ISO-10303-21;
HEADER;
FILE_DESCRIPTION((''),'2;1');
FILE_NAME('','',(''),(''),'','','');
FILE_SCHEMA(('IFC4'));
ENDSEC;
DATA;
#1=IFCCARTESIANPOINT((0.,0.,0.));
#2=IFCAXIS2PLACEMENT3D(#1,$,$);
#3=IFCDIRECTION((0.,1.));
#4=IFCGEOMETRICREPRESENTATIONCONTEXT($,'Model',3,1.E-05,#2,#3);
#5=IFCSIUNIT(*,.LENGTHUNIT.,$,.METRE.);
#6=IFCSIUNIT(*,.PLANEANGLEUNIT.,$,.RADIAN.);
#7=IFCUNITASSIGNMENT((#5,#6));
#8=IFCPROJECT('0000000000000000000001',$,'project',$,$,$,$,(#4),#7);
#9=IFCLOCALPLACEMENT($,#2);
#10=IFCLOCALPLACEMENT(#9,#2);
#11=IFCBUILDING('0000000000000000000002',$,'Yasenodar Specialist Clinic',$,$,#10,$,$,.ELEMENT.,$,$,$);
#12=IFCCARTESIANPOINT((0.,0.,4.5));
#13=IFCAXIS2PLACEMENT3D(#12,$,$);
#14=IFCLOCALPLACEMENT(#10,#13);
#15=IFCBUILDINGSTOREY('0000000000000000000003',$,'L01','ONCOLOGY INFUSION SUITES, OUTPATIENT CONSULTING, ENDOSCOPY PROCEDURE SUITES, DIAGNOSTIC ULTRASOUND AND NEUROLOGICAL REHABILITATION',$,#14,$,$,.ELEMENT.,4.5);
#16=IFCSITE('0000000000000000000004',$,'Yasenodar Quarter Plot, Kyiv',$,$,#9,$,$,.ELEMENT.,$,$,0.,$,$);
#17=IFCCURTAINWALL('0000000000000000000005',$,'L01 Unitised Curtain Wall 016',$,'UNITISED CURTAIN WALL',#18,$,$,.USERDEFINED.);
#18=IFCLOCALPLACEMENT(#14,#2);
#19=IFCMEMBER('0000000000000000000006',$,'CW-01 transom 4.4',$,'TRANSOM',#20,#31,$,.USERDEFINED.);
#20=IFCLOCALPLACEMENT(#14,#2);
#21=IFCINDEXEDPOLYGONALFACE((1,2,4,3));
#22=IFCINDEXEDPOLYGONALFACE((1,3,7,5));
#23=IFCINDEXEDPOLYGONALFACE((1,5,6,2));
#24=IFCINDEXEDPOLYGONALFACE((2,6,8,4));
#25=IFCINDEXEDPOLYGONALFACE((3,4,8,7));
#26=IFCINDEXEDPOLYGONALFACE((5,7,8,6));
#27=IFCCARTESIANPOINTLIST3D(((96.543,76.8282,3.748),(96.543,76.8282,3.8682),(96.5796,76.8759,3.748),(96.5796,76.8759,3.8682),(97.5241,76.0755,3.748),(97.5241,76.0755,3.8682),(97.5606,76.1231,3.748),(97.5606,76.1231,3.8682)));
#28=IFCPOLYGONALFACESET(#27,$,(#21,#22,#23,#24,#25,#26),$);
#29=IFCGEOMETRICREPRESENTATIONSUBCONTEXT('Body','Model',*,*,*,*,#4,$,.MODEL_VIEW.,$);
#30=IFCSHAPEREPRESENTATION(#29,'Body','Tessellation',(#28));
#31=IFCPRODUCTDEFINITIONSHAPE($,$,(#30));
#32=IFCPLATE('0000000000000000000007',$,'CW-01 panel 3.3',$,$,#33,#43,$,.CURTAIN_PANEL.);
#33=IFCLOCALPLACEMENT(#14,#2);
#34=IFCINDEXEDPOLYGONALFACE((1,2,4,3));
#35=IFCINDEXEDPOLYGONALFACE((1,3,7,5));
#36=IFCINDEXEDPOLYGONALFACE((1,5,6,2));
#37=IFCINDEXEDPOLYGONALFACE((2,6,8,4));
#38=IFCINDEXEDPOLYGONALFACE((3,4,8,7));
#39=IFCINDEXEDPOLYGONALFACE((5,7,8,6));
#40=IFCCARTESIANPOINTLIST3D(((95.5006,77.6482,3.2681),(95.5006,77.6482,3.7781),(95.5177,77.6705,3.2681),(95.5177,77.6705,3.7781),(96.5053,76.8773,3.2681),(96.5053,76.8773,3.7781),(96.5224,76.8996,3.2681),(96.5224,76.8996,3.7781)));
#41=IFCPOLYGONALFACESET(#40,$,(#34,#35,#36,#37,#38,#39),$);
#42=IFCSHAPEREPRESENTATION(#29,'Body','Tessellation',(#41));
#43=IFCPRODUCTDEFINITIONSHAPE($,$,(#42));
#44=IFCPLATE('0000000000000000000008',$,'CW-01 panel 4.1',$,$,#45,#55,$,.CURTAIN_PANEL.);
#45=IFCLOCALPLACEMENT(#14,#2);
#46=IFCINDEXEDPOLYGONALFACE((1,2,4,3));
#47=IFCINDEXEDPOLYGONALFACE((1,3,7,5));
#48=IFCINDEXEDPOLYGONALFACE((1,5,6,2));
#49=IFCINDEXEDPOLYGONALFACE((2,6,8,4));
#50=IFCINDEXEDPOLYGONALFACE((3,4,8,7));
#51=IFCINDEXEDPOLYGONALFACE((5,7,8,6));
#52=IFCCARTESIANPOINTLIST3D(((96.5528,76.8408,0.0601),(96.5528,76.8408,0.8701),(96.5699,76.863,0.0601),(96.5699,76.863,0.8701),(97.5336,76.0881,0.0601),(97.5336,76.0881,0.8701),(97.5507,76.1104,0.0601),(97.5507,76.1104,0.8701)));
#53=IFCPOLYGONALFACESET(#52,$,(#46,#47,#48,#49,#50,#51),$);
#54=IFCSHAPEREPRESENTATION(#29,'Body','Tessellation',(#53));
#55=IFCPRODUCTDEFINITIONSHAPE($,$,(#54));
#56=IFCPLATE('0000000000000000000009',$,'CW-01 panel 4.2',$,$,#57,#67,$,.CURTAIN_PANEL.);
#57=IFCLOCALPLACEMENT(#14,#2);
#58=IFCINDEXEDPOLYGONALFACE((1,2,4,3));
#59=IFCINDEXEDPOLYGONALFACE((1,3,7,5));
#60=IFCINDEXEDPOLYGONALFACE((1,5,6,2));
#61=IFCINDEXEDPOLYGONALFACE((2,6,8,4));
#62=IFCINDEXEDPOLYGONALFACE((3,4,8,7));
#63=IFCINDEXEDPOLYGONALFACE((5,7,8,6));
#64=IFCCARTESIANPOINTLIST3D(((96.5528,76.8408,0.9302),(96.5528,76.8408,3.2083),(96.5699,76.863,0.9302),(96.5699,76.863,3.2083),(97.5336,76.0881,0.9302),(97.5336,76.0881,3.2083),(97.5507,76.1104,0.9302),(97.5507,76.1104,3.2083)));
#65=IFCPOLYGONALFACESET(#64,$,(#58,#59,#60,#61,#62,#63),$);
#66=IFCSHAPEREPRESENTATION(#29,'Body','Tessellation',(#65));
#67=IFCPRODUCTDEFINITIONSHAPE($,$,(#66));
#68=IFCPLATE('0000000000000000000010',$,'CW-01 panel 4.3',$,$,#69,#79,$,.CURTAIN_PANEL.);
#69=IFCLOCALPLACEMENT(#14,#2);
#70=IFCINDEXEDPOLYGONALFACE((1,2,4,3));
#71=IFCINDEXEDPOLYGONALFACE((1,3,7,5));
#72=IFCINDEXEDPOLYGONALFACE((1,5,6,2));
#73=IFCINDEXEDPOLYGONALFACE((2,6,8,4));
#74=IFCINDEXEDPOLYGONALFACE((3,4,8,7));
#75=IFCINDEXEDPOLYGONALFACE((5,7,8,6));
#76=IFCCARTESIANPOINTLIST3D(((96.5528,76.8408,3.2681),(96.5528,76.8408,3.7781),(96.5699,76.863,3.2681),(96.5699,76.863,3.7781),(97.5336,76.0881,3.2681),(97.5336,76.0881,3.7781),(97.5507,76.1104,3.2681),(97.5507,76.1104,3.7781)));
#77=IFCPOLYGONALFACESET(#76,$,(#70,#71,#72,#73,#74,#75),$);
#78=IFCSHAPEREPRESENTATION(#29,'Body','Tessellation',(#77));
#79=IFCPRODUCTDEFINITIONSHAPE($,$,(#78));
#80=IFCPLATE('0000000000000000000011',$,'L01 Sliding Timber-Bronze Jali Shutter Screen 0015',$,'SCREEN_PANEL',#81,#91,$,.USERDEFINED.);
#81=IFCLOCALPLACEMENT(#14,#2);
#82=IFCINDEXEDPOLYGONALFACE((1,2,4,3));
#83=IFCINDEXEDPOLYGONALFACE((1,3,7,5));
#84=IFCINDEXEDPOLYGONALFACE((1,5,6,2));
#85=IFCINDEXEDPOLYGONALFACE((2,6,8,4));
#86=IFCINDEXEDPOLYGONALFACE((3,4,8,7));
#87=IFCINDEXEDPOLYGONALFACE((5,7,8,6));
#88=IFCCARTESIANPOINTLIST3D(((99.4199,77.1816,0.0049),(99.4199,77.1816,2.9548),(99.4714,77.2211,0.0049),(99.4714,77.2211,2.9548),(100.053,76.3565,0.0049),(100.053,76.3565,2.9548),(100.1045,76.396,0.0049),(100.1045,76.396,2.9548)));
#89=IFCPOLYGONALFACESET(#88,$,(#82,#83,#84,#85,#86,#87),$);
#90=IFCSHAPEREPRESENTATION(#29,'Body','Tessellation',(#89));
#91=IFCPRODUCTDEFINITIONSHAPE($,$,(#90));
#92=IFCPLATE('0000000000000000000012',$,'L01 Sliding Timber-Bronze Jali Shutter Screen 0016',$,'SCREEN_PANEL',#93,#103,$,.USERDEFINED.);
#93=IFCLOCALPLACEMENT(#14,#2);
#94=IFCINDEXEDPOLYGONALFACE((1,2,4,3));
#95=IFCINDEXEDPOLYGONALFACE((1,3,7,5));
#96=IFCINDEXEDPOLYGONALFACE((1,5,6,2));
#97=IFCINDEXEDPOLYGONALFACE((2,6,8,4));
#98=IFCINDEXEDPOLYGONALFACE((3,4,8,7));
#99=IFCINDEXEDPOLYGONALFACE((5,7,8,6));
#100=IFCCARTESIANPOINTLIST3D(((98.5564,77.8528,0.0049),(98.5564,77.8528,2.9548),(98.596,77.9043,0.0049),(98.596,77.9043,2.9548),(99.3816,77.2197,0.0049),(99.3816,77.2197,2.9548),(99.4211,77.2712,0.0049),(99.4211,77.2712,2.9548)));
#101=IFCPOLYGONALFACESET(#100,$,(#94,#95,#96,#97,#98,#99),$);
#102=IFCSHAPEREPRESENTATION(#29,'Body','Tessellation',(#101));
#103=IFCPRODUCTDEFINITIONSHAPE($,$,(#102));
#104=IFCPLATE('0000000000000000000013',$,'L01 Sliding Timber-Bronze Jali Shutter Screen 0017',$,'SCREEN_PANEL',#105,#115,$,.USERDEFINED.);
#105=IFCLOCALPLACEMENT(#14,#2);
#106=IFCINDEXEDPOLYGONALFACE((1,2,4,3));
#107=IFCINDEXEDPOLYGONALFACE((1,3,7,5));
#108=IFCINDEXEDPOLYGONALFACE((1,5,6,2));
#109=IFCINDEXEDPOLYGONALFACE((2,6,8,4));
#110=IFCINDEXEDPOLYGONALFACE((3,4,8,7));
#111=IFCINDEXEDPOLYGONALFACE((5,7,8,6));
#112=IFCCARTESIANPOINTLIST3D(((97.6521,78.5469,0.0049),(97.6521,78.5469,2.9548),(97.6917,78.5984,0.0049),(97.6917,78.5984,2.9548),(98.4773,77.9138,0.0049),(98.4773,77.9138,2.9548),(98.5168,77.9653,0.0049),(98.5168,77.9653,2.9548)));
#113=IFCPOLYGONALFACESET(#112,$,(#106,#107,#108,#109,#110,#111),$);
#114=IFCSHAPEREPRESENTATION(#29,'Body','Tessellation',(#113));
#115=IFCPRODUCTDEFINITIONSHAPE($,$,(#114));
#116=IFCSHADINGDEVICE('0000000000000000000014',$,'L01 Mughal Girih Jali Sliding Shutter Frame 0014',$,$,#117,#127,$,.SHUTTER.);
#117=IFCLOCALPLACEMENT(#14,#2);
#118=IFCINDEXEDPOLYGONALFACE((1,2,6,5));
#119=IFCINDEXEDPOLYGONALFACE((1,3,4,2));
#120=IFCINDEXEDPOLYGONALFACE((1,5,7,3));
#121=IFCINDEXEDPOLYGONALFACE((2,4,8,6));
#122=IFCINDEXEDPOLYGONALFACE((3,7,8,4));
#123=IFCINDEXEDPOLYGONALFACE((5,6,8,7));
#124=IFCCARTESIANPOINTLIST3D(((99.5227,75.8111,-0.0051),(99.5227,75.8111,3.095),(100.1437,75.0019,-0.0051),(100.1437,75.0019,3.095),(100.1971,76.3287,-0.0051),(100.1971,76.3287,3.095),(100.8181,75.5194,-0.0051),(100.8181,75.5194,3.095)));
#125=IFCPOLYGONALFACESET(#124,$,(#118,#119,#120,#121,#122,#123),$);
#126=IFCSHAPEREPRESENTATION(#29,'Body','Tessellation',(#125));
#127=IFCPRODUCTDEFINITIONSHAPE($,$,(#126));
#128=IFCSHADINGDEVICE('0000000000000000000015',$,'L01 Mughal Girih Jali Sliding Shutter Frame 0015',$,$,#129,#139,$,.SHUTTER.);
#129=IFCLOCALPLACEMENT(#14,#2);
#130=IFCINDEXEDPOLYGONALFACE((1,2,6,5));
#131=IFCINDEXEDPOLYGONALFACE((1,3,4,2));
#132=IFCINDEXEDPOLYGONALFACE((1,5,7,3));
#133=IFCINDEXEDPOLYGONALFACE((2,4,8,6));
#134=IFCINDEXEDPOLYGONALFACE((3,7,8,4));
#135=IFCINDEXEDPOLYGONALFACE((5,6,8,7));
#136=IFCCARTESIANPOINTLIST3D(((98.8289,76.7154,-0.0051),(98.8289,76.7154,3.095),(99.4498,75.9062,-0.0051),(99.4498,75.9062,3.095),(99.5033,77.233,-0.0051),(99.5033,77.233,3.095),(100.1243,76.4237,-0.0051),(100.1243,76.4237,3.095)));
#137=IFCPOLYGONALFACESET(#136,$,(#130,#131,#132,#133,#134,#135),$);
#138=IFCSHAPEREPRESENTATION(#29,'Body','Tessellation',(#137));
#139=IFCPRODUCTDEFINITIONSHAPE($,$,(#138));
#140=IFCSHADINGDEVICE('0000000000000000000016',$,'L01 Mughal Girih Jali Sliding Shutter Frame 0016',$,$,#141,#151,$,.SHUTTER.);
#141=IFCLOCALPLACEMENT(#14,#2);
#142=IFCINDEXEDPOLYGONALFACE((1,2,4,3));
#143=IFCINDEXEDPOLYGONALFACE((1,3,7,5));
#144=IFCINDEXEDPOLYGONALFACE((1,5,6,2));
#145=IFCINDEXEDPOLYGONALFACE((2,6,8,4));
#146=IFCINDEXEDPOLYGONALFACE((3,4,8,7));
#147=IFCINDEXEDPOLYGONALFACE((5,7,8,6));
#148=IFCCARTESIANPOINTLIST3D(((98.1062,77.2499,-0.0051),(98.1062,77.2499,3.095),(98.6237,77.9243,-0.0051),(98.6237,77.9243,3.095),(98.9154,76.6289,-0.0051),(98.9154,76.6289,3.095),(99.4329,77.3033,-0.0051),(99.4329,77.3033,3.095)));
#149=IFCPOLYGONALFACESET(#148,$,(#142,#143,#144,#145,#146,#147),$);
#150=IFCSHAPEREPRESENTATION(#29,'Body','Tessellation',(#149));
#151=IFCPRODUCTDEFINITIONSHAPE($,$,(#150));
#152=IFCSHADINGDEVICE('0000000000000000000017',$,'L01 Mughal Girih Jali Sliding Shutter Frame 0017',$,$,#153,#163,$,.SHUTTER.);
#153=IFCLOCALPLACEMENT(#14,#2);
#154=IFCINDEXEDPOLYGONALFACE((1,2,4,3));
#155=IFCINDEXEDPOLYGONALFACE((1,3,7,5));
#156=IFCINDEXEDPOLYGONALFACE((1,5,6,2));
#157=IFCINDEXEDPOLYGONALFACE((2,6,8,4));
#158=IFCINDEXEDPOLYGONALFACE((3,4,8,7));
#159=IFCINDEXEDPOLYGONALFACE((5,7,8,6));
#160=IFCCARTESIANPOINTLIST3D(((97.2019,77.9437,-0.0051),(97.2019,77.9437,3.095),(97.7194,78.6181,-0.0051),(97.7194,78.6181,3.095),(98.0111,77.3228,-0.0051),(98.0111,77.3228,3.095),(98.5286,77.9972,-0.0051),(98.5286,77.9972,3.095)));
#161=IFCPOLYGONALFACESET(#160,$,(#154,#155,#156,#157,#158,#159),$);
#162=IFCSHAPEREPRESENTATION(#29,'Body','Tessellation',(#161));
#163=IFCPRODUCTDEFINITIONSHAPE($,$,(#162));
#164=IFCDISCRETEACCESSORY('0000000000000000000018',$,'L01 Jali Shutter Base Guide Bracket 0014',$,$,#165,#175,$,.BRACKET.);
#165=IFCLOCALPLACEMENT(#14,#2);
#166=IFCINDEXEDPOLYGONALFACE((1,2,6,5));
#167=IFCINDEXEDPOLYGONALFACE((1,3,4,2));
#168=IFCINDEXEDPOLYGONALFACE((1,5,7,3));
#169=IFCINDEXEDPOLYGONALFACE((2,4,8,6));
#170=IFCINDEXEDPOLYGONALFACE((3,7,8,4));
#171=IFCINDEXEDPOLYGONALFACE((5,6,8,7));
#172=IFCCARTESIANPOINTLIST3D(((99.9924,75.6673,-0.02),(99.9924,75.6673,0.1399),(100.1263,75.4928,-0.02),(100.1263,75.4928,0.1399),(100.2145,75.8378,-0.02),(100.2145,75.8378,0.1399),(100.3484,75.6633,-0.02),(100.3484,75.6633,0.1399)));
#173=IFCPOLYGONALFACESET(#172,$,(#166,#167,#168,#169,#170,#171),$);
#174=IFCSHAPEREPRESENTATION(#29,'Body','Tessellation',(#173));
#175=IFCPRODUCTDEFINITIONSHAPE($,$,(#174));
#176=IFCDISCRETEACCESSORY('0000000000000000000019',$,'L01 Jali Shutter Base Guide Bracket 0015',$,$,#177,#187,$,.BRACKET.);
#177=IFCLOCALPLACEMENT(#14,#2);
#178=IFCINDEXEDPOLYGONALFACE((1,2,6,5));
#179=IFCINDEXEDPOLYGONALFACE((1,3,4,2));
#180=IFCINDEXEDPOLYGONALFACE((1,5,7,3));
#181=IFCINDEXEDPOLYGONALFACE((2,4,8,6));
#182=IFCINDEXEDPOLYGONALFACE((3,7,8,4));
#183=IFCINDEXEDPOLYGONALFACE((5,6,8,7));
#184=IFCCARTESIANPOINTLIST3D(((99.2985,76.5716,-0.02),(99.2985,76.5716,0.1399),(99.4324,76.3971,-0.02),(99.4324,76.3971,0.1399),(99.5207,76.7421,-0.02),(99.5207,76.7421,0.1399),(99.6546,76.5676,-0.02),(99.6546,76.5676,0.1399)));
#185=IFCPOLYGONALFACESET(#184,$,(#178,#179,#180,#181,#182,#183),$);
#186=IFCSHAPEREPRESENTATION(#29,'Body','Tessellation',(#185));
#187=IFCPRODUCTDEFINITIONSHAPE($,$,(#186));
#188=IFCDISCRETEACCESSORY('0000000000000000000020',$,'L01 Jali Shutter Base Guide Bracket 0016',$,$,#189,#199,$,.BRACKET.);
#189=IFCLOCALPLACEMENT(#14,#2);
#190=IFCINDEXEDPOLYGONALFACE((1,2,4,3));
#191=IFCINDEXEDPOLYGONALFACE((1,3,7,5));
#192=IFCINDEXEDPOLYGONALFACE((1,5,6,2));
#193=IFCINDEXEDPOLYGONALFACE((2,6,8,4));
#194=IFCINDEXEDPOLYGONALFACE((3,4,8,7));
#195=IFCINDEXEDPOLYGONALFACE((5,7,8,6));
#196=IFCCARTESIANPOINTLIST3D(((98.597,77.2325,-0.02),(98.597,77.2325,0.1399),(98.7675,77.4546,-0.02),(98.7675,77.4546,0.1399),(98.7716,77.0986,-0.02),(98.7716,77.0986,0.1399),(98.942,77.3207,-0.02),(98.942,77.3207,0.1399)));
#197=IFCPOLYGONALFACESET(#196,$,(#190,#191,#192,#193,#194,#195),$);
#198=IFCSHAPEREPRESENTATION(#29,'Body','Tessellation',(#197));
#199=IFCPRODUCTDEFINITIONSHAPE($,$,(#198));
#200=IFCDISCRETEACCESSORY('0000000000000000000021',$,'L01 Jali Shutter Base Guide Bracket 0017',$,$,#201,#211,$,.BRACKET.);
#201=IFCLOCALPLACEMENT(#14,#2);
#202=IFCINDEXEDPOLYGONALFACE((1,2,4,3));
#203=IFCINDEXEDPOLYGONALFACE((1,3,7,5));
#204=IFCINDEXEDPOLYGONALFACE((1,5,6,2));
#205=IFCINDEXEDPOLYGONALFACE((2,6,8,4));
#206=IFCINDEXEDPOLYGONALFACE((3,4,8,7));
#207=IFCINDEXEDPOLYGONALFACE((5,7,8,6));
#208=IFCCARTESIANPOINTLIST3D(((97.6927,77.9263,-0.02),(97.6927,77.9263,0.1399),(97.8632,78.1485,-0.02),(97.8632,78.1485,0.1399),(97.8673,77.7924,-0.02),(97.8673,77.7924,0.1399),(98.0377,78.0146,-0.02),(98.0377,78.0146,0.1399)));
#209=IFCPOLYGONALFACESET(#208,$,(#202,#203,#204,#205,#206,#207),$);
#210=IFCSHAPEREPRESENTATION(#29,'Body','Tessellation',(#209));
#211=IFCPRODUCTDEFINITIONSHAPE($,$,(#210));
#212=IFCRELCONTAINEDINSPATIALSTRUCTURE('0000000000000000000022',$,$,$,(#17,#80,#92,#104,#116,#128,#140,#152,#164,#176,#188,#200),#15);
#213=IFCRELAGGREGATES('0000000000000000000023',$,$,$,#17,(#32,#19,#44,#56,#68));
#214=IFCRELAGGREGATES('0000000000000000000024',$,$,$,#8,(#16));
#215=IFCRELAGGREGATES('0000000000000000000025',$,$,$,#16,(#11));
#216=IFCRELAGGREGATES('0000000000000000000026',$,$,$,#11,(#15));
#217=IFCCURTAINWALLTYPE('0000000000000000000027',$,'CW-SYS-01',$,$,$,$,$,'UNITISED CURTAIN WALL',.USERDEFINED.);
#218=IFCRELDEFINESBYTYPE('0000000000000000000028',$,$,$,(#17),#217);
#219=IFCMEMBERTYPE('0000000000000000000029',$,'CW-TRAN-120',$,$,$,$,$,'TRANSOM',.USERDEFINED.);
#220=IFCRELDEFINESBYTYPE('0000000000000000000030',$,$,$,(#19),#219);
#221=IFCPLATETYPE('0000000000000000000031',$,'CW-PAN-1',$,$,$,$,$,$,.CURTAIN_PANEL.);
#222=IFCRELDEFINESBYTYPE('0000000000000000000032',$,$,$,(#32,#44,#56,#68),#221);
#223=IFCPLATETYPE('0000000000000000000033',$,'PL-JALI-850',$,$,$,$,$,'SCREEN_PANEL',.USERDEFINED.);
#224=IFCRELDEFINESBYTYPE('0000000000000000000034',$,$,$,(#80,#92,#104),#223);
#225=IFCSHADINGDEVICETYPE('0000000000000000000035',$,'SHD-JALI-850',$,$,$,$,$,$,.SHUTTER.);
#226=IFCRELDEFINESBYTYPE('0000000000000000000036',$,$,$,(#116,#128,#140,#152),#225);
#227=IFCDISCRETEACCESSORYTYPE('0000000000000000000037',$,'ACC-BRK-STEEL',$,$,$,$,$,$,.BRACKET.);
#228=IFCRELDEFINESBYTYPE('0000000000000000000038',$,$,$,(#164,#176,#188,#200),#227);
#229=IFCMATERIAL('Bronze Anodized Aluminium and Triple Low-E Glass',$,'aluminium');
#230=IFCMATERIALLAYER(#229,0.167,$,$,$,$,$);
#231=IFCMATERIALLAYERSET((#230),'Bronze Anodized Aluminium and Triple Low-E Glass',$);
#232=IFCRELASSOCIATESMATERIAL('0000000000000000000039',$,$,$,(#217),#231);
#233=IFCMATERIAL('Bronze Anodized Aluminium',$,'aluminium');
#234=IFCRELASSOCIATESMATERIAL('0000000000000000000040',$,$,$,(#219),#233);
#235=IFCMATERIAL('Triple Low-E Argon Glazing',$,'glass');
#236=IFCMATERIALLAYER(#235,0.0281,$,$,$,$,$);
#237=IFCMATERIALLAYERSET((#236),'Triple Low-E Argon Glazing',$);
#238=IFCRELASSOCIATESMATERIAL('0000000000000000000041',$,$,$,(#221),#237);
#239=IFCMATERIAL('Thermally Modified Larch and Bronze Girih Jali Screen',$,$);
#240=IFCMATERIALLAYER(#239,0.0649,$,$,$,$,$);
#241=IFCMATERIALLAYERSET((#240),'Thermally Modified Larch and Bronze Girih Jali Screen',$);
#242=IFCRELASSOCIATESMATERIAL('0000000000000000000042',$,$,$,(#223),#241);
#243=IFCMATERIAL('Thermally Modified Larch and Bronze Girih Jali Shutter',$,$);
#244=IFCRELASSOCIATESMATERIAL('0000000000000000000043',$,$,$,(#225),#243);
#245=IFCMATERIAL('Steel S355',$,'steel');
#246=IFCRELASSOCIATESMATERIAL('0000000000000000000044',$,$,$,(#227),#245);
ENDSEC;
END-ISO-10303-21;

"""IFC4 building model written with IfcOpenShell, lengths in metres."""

from ifc_helpers import new_model, si_unit, direction, frame, origin, origin_2d, place, context, subcontext, project, spatial, rectangle, extrude, material, layer, layer_set, material_profile, profile_set, type_object, element, aggregate, save


model = new_model("IFC4")

# Units and contexts
model_context = context("Model", 3, precision=1e-05, world=origin(), true_north=direction((0.0, 1.0)))
body_context = subcontext(model_context, "Body", "Model", "MODEL_VIEW")
ifc_project = project(units=[si_unit("LENGTHUNIT", "METRE"), si_unit("PLANEANGLEUNIT", "RADIAN")], contexts=[model_context])

# Site, building, storey
site_placement = place(None, origin())
site = spatial("IfcSite", under=ifc_project, at=site_placement, Name="Yasenodar Quarter Plot, Kyiv", CompositionType="ELEMENT", RefElevation=0.0)
building_placement = place(site_placement, origin())
building = spatial("IfcBuilding", under=site, at=building_placement, Name="Yasenodar Specialist Clinic", CompositionType="ELEMENT")
storey_placement = place(building_placement, frame((0.0, 0.0, 4.5)))
storey = spatial("IfcBuildingStorey", under=building, at=storey_placement, Name="L01", Description="ONCOLOGY INFUSION SUITES, OUTPATIENT CONSULTING, ENDOSCOPY PROCEDURE SUITES, DIAGNOSTIC ULTRASOUND AND NEUROLOGICAL REHABILITATION", CompositionType="ELEMENT", Elevation=4.5)

# Shared definitions
ifc_material_1 = material(Name="Steel S355", Category="steel")

# Curtain wall
ifc_material_2 = material(Name="Bronze Anodized Aluminium and Triple Low-E Glass", Category="aluminium")
ifc_layer_1 = layer(ifc_material_2, 0.167)
ifc_layer_set_1 = layer_set([ifc_layer_1], Name="Bronze Anodized Aluminium and Triple Low-E Glass")
curtain_wall_type = type_object("IfcCurtainWallType", Name="CW-SYS-01", ElementType="UNITISED CURTAIN WALL", PredefinedType="USERDEFINED", material=ifc_layer_set_1)
curtain_wall_1_placement = place(storey_placement, origin())
curtain_wall_1 = element("IfcCurtainWall", 1, at=curtain_wall_1_placement, inside=storey, type_object=curtain_wall_type, Name="L01 Unitised Curtain Wall 016", ObjectType="UNITISED CURTAIN WALL", PredefinedType="USERDEFINED")
ifc_material_3 = material(Name="Bronze Anodized Aluminium", Category="aluminium")

# Member
ifc_material_profile_1 = material_profile(ifc_material_3, rectangle(XDim=0.0601, YDim=0.1201, at=origin_2d()), Name="CW-TRAN 60x120")
ifc_profile_set_1 = profile_set([ifc_material_profile_1], Name="Bronze Anodized Aluminium")
member_type_1 = type_object("IfcMemberType", Name="CW-TRAN-120", ElementType="TRANSOM", PredefinedType="USERDEFINED", material=ifc_profile_set_1)
member_1_placement = place(storey_placement, frame((96.5613, 76.8521, 3.8081), z_axis=(0.793365, -0.608747, 0.0), x_axis=(0.608747, 0.793365, 0.0)))
member_1 = element("IfcMember", 2, at=member_1_placement, type_object=member_type_1, Name="CW-01 transom 4.4", ObjectType="TRANSOM", PredefinedType="USERDEFINED", context=body_context, shape_type="SweptSolid", body=[
    extrude(rectangle(XDim=0.0601, YDim=0.1201, at=origin_2d()), origin(), (0.0, 0.0, 1.0), 1.2366),
])

# Plates
ifc_material_4 = material(Name="Triple Low-E Argon Glazing", Category="glass")
ifc_layer_2 = layer(ifc_material_4, 0.0281)
ifc_layer_set_2 = layer_set([ifc_layer_2], Name="Triple Low-E Argon Glazing")
plate_type_1 = type_object("IfcPlateType", Name="CW-PAN-1", PredefinedType="CURTAIN_PANEL", material=ifc_layer_set_2)
plate_1_placement = place(storey_placement, frame((96.0115, 77.2739, 3.2681), z_axis=(0.0, 0.0, 1.0), x_axis=(0.793361, -0.608752, 0.0)))
plate_1 = element("IfcPlate", 3, at=plate_1_placement, type_object=plate_type_1, Name="CW-01 panel 3.3", PredefinedType="CURTAIN_PANEL", context=body_context, shape_type="SweptSolid", body=[
    extrude(rectangle(XDim=1.2664, YDim=0.0281, at=origin_2d()), origin(), (0.0, 0.0, 1.0), 0.51),
])
plate_2_placement = place(storey_placement, frame((97.0518, 76.4756, 0.0601), z_axis=(0.0, 0.0, 1.0), x_axis=(0.793361, -0.608752, 0.0)))
plate_2 = element("IfcPlate", 4, at=plate_2_placement, type_object=plate_type_1, Name="CW-01 panel 4.1", PredefinedType="CURTAIN_PANEL", context=body_context, shape_type="SweptSolid", body=[
    extrude(rectangle(XDim=1.2363, YDim=0.0281, at=origin_2d()), origin(), (0.0, 0.0, 1.0), 0.8101),
])
plate_3_placement = place(storey_placement, frame((97.0518, 76.4756, 0.9302), z_axis=(0.0, 0.0, 1.0), x_axis=(0.793361, -0.608752, 0.0)))
plate_3 = element("IfcPlate", 5, at=plate_3_placement, type_object=plate_type_1, Name="CW-01 panel 4.2", PredefinedType="CURTAIN_PANEL", context=body_context, shape_type="SweptSolid", body=[
    extrude(rectangle(XDim=1.2363, YDim=0.0281, at=origin_2d()), origin(), (0.0, 0.0, 1.0), 2.2781),
])
plate_4_placement = place(storey_placement, frame((97.0518, 76.4756, 3.2681), z_axis=(0.0, 0.0, 1.0), x_axis=(0.793361, -0.608752, 0.0)))
plate_4 = element("IfcPlate", 6, at=plate_4_placement, type_object=plate_type_1, Name="CW-01 panel 4.3", PredefinedType="CURTAIN_PANEL", context=body_context, shape_type="SweptSolid", body=[
    extrude(rectangle(XDim=1.2363, YDim=0.0281, at=origin_2d()), origin(), (0.0, 0.0, 1.0), 0.51),
])
aggregate(curtain_wall_1, [plate_1, member_1, plate_2, plate_3, plate_4])

# Plates
ifc_material_5 = material(Name="Thermally Modified Larch and Bronze Girih Jali Screen")
ifc_layer_3 = layer(ifc_material_5, 0.0649)
ifc_layer_set_3 = layer_set([ifc_layer_3], Name="Thermally Modified Larch and Bronze Girih Jali Screen")
plate_type_2 = type_object("IfcPlateType", Name="PL-JALI-850", ElementType="SCREEN_PANEL", PredefinedType="USERDEFINED", material=ifc_layer_set_3)
for number, where, z_axis, x_axis, name in (
    (7, (99.7622, 76.7888, 0.0049), (0.0, 0.0, 1.0), (-0.608764, 0.793351, 0.0), "L01 Sliding Timber-Bronze Jali Shutter Screen 0015"),
    (8, (98.9888, 77.562, 0.0049), (0.0, 0.0, 1.0), (-0.793351, 0.608764, 0.0), "L01 Sliding Timber-Bronze Jali Shutter Screen 0016"),
    (9, (98.0845, 78.2561, 0.0049), (0.0, 0.0, 1.0), (-0.793351, 0.608764, 0.0), "L01 Sliding Timber-Bronze Jali Shutter Screen 0017"),
):
    element("IfcPlate", number, at=place(storey_placement, frame(where, z_axis=z_axis, x_axis=x_axis)), inside=storey, type_object=plate_type_2, Name=name, ObjectType="SCREEN_PANEL", PredefinedType="USERDEFINED", context=body_context, shape_type="SweptSolid", body=[
        extrude(rectangle(XDim=1.04, YDim=0.0649, at=origin_2d()), origin(), (0.0, 0.0, 1.0), 2.95),
    ])

# Shading devices
ifc_material_6 = material(Name="Thermally Modified Larch and Bronze Girih Jali Shutter")
shading_device_type = type_object("IfcShadingDeviceType", Name="SHD-JALI-850", PredefinedType="SHUTTER", material=ifc_material_6)
for number, where, z_axis, x_axis, name in (
    (10, (100.1704, 75.6653, -0.0051), (0.0, 0.0, 1.0), (-0.608764, 0.793351, 0.0), "L01 Mughal Girih Jali Sliding Shutter Frame 0014"),
    (11, (99.4766, 76.5696, -0.0051), (0.0, 0.0, 1.0), (-0.608764, 0.793351, 0.0), "L01 Mughal Girih Jali Sliding Shutter Frame 0015"),
    (12, (98.7695, 77.2766, -0.0051), (0.0, 0.0, 1.0), (-0.793351, 0.608764, 0.0), "L01 Mughal Girih Jali Sliding Shutter Frame 0016"),
    (13, (97.8652, 77.9705, -0.0051), (0.0, 0.0, 1.0), (-0.793351, 0.608764, 0.0), "L01 Mughal Girih Jali Sliding Shutter Frame 0017"),
):
    element("IfcShadingDevice", number, at=place(storey_placement, frame(where, z_axis=z_axis, x_axis=x_axis)), inside=storey, type_object=shading_device_type, Name=name, PredefinedType="SHUTTER", context=body_context, shape_type="SweptSolid", body=[
        extrude(rectangle(XDim=1.02, YDim=0.8501, at=origin_2d()), origin(), (0.0, 0.0, 1.0), 3.1001),
    ])

# Discrete accessories
discrete_accessory_type = type_object("IfcDiscreteAccessoryType", Name="ACC-BRK-STEEL", PredefinedType="BRACKET", material=ifc_material_1)
for number, where, z_axis, x_axis, name in (
    (14, (100.1704, 75.6653, -0.02), (0.0, 0.0, 1.0), (-0.608764, 0.793351, 0.0), "L01 Jali Shutter Base Guide Bracket 0014"),
    (15, (99.4766, 76.5696, -0.02), (0.0, 0.0, 1.0), (-0.608764, 0.793351, 0.0), "L01 Jali Shutter Base Guide Bracket 0015"),
    (16, (98.7695, 77.2766, -0.02), (0.0, 0.0, 1.0), (-0.793351, 0.608764, 0.0), "L01 Jali Shutter Base Guide Bracket 0016"),
    (17, (97.8652, 77.9705, -0.02), (0.0, 0.0, 1.0), (-0.793351, 0.608764, 0.0), "L01 Jali Shutter Base Guide Bracket 0017"),
):
    element("IfcDiscreteAccessory", number, at=place(storey_placement, frame(where, z_axis=z_axis, x_axis=x_axis)), inside=storey, type_object=discrete_accessory_type, Name=name, PredefinedType="BRACKET", context=body_context, shape_type="SweptSolid", body=[
        extrude(rectangle(XDim=0.22, YDim=0.28, at=origin_2d()), origin(), (0.0, 0.0, 1.0), 0.1599),
    ])

save(model, "model.ifc")
